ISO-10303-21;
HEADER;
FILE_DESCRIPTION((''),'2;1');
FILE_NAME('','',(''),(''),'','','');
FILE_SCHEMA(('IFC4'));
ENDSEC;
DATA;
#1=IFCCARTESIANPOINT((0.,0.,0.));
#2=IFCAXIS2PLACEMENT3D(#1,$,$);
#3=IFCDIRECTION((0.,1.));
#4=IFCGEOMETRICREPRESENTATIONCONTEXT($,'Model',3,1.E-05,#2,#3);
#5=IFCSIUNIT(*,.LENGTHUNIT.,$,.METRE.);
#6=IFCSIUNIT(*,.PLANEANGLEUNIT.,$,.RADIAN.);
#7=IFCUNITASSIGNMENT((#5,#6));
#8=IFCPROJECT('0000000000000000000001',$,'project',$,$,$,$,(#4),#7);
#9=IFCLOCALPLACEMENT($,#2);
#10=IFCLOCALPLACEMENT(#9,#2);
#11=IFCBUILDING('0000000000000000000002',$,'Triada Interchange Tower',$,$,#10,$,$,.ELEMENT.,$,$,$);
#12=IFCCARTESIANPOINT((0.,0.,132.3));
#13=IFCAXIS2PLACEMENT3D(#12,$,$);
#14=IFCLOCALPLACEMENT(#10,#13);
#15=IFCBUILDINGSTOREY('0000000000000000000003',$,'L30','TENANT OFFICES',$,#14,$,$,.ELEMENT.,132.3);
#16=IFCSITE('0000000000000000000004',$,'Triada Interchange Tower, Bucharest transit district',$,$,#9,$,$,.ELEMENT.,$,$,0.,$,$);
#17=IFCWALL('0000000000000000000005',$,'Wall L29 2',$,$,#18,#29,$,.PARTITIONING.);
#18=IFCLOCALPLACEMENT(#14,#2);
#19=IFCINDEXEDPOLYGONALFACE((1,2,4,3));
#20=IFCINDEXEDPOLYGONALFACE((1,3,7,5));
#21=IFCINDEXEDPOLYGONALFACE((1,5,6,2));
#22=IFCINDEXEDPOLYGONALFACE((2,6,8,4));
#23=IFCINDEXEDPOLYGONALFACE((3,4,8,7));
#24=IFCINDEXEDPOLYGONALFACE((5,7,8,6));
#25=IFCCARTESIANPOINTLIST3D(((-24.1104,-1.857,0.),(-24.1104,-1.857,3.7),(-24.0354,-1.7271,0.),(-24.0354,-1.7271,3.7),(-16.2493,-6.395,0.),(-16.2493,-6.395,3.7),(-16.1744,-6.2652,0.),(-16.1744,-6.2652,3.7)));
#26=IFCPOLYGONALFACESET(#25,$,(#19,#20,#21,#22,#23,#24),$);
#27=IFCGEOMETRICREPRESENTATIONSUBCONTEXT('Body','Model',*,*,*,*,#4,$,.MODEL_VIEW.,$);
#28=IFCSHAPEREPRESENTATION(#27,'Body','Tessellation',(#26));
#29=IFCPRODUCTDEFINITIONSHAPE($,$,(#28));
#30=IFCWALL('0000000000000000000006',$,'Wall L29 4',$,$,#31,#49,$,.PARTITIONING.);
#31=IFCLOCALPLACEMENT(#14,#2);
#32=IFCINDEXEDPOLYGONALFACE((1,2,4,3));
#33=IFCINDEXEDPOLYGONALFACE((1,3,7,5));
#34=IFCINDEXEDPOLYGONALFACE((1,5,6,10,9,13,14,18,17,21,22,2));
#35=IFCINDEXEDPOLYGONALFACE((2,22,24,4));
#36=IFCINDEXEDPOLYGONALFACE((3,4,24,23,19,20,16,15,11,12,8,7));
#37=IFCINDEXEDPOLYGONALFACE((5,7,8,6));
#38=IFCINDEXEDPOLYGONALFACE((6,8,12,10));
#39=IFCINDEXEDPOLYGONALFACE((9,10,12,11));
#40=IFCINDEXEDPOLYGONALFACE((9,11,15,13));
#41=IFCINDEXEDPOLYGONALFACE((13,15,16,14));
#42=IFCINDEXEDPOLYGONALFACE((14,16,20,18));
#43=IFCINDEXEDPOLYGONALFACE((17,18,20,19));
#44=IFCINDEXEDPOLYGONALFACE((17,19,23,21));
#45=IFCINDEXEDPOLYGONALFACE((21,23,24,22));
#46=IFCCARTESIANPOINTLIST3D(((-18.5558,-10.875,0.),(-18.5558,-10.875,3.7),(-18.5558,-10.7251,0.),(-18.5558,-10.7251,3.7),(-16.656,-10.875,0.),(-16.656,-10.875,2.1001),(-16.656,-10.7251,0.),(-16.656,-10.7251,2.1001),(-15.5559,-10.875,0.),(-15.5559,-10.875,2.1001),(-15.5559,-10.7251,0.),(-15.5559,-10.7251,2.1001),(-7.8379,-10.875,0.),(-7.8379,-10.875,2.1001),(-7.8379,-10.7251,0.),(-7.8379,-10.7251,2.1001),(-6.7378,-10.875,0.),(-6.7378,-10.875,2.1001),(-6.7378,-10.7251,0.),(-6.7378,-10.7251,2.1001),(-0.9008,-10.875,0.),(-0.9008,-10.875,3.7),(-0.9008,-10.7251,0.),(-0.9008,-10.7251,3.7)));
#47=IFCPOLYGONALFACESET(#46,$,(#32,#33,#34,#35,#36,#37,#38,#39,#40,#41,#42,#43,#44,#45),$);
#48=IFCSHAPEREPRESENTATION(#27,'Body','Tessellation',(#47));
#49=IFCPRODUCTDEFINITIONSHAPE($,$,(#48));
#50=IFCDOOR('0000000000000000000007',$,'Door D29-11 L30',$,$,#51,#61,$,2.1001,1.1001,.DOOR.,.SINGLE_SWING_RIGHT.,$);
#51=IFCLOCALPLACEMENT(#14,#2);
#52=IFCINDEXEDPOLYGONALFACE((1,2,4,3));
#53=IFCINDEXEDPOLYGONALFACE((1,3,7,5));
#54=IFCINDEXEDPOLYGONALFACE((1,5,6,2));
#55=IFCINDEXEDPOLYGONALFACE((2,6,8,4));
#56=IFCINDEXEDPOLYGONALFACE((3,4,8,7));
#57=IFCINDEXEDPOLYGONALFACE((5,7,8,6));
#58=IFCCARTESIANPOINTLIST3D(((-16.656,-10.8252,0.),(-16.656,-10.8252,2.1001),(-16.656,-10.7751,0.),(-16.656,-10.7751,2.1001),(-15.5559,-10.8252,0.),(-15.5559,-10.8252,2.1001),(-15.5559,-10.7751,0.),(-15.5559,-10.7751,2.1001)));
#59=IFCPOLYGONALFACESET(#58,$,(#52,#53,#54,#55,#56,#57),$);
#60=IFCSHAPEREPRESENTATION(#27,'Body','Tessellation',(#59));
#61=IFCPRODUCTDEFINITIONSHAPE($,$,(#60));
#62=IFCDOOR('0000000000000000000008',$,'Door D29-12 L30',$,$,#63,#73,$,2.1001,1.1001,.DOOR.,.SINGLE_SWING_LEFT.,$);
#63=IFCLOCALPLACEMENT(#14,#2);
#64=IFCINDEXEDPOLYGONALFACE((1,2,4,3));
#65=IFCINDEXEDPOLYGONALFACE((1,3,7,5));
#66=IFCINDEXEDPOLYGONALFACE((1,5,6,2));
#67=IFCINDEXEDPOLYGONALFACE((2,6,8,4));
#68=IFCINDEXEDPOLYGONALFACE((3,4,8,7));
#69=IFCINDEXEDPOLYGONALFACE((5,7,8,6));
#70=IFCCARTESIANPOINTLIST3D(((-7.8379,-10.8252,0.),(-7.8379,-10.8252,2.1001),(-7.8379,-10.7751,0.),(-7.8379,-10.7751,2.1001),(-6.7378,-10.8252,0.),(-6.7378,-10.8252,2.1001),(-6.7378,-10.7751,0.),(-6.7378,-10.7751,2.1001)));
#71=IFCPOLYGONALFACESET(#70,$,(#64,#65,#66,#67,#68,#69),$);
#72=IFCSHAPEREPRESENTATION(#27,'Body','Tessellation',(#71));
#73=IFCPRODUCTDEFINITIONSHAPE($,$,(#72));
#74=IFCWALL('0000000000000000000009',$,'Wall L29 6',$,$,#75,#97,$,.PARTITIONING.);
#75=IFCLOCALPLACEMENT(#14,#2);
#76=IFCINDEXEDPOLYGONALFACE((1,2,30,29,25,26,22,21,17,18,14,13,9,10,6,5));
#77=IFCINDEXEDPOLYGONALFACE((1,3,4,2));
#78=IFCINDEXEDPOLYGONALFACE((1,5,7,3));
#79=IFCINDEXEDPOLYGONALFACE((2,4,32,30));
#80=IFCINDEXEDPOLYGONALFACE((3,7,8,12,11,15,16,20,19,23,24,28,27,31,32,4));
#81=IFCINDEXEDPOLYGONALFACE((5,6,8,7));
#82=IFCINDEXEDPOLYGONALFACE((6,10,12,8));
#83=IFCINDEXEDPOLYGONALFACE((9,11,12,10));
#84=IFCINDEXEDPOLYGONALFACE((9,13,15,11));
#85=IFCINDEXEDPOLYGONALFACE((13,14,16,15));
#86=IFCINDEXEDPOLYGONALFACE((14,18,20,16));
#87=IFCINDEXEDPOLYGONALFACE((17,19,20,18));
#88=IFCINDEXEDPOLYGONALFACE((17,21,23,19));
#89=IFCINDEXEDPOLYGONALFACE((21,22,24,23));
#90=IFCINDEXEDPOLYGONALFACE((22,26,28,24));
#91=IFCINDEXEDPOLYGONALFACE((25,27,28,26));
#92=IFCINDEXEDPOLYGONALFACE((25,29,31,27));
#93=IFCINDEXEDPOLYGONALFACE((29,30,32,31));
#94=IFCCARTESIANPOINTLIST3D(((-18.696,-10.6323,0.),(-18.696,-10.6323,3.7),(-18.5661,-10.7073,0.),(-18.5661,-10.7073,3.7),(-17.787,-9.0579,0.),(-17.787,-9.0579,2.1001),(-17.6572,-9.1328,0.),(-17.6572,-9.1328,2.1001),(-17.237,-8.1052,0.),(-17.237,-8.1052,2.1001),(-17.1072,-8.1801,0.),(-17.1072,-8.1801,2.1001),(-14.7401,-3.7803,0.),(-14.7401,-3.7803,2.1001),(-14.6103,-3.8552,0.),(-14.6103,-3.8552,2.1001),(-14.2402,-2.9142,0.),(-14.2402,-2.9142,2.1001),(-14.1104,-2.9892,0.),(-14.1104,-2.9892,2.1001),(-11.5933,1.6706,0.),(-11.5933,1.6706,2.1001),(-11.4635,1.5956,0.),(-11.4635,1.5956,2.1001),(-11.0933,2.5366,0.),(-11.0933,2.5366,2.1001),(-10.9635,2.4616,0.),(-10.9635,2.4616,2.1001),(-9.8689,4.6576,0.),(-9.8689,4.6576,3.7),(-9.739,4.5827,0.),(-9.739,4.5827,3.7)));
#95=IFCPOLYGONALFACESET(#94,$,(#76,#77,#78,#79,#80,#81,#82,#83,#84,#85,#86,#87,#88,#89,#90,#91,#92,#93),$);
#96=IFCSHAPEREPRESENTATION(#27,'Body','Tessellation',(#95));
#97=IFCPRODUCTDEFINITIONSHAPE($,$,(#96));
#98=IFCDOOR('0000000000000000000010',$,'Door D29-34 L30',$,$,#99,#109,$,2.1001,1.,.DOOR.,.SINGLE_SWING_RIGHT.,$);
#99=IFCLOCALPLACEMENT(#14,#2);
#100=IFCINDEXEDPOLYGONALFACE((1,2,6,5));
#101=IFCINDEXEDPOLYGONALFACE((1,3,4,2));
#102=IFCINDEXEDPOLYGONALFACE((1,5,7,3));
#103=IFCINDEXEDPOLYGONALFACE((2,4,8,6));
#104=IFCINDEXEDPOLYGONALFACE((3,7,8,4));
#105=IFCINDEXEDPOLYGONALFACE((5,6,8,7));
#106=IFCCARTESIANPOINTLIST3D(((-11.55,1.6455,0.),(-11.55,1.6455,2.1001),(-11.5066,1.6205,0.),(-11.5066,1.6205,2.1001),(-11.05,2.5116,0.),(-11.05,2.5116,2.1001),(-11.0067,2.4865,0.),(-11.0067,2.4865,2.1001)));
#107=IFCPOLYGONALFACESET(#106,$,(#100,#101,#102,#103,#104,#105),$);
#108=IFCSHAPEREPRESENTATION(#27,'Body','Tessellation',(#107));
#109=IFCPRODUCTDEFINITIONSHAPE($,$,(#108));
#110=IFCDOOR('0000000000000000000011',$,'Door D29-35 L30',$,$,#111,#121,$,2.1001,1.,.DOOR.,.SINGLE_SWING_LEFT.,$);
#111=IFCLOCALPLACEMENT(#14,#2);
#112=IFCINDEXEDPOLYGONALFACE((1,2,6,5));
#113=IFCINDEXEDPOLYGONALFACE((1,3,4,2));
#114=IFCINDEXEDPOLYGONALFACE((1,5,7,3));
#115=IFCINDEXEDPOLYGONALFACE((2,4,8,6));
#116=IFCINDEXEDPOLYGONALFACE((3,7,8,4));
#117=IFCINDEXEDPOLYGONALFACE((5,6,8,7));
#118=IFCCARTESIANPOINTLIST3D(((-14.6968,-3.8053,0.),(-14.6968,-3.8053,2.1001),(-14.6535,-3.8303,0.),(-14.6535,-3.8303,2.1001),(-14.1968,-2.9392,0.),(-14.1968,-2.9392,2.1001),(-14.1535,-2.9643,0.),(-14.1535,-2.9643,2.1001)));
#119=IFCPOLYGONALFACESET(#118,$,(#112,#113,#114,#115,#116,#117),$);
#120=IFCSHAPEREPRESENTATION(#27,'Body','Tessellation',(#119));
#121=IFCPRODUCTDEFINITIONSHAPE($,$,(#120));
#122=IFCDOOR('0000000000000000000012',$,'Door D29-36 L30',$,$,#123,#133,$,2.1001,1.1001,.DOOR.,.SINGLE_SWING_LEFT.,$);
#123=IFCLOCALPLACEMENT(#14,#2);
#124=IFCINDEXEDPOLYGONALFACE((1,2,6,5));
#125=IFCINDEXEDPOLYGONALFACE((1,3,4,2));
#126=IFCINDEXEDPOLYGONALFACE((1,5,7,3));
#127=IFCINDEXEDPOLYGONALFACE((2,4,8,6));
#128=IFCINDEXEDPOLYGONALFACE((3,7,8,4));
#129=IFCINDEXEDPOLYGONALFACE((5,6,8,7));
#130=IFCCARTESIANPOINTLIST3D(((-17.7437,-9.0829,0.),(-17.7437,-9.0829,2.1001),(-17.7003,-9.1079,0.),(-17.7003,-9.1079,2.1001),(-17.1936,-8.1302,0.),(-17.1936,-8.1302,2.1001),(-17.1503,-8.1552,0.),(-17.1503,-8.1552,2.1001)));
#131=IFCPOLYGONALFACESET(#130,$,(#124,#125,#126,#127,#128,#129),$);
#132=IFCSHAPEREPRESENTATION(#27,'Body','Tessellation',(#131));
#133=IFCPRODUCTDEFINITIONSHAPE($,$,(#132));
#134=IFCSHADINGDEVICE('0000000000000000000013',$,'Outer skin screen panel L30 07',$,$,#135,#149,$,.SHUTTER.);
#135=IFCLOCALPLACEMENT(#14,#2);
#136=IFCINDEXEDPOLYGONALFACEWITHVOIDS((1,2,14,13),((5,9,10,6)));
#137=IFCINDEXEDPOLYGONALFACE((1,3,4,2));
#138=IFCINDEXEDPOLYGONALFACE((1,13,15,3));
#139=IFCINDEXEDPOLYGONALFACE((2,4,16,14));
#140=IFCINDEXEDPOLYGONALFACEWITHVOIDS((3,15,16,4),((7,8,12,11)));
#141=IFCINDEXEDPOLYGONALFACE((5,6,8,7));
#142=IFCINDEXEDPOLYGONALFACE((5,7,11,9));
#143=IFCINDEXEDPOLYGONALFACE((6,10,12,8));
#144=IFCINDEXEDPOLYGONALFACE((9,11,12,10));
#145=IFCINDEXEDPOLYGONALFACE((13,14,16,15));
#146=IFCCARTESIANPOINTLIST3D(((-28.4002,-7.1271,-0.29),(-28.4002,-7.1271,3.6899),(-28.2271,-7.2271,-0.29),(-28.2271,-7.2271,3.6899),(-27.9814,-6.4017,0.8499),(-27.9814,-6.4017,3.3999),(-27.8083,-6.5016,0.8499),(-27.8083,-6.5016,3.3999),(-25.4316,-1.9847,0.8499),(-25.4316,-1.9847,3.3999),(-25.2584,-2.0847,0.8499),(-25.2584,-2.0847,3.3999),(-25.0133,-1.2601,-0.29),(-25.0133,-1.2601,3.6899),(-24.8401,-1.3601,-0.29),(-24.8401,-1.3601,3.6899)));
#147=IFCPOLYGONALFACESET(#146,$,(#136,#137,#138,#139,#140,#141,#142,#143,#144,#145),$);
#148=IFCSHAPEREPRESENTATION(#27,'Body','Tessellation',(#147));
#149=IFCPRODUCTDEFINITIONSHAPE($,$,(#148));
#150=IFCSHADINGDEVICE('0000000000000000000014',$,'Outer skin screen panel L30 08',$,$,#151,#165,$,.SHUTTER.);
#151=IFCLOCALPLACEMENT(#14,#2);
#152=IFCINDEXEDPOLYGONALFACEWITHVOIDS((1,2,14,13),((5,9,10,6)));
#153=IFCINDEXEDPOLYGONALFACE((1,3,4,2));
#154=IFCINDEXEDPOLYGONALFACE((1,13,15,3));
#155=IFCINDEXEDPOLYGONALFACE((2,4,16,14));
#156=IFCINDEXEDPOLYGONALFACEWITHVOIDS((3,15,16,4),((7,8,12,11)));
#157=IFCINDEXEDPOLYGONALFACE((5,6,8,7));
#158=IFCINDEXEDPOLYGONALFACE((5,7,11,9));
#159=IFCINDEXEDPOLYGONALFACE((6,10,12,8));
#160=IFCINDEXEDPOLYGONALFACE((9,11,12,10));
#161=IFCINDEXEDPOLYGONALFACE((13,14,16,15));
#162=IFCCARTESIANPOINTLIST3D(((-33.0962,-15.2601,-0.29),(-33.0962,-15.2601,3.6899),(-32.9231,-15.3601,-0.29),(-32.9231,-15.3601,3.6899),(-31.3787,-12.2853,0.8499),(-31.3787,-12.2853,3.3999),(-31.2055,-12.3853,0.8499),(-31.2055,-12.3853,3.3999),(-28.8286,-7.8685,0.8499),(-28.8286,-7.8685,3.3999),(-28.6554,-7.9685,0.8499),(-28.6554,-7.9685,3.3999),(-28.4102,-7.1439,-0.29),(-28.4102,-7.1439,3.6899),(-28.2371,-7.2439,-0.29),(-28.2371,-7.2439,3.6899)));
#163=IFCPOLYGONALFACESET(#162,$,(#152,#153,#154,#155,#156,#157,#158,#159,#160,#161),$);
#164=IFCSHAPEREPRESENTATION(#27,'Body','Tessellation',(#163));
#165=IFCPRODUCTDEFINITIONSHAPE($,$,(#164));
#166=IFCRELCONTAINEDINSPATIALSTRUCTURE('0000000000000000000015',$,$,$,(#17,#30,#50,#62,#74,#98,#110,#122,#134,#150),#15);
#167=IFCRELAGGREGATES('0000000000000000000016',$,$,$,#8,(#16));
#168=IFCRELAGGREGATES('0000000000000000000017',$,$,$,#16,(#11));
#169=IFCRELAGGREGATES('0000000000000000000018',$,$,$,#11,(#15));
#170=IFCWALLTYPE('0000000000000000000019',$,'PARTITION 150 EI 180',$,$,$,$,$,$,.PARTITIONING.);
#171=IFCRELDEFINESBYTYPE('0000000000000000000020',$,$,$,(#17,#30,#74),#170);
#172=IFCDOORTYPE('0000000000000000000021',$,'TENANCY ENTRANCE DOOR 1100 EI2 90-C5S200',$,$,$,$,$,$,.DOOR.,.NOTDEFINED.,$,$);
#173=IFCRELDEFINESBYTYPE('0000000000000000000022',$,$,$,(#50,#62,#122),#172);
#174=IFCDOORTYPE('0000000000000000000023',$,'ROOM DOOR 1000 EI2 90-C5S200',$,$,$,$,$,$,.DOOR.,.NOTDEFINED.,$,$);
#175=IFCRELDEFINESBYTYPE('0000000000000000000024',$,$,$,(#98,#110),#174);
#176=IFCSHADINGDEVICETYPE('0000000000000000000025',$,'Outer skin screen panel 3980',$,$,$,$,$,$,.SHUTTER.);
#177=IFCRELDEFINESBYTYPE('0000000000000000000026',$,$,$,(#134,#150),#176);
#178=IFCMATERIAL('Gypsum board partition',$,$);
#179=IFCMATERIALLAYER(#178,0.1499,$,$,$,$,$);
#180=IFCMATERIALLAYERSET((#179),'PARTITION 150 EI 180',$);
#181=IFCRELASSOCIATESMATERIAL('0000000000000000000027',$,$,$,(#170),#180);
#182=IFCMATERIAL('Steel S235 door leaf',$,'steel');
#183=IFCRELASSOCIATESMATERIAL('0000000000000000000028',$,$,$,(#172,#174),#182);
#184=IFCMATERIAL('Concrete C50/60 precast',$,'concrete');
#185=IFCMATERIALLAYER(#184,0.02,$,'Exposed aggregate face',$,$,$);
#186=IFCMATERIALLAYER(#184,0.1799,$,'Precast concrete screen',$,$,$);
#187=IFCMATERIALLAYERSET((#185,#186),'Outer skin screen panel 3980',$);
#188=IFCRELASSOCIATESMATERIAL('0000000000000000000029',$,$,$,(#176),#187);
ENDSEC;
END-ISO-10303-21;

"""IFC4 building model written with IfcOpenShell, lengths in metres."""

from ifc_helpers import new_model, si_unit, direction, frame, frame_2d, origin, place, context, subcontext, project, spatial, polyline, rectangle, outline, extrude, material, layer, layer_set, type_object, element, fill, save


model = new_model("IFC4")

# Units and contexts
model_context = context("Model", 3, precision=1e-05, world=origin(), true_north=direction((0.0, 1.0)))
body_context = subcontext(model_context, "Body", "Model", "MODEL_VIEW")
ifc_project = project(units=[si_unit("LENGTHUNIT", "METRE"), si_unit("PLANEANGLEUNIT", "RADIAN")], contexts=[model_context])

# Site, building, storey
site_placement = place(None, origin())
site = spatial("IfcSite", under=ifc_project, at=site_placement, Name="Triada Interchange Tower, Bucharest transit district", CompositionType="ELEMENT", RefElevation=0.0)
building_placement = place(site_placement, origin())
building = spatial("IfcBuilding", under=site, at=building_placement, Name="Triada Interchange Tower", CompositionType="ELEMENT")
storey_placement = place(building_placement, frame((0.0, 0.0, 132.3)))
storey = spatial("IfcBuildingStorey", under=building, at=storey_placement, Name="L30", Description="TENANT OFFICES", CompositionType="ELEMENT", Elevation=132.3)

# Wall
ifc_material_1 = material(Name="Gypsum board partition")
ifc_layer_1 = layer(ifc_material_1, 0.1499)
ifc_layer_set_1 = layer_set([ifc_layer_1], Name="PARTITION 150 EI 180")
wall_type = type_object("IfcWallType", Name="PARTITION 150 EI 180", PredefinedType="PARTITIONING", material=ifc_layer_set_1)
wall_1_placement = place(storey_placement, frame((-24.073, -1.792, 0.0), z_axis=(0.0, 0.0, 1.0), x_axis=(0.86605, -0.499958, 0.0)))
element("IfcWall", 1, at=wall_1_placement, inside=storey, type_object=wall_type, Name="Wall L29 2", PredefinedType="PARTITIONING", context=body_context, shape_type="SweptSolid", body=[
    extrude(rectangle(XDim=9.0769, YDim=0.1499, at=frame_2d((4.5386, 0.0))), origin(), (0.0, 0.0, 1.0), 3.7),
])

# Walls, openings, doors
wall_2_placement = place(storey_placement, frame((-18.5559, -10.8, 0.0), z_axis=(0.0, 0.0, 1.0), x_axis=(1.0, 0.0, 0.0)))
wall_2 = element("IfcWall", 2, at=wall_2_placement, inside=storey, type_object=wall_type, Name="Wall L29 4", PredefinedType="PARTITIONING", context=body_context, shape_type="SweptSolid", body=[
    extrude(rectangle(XDim=17.655, YDim=0.1499, at=frame_2d((8.8276, 0.0))), origin(), (0.0, 0.0, 1.0), 3.7),
])
opening_1_placement = place(wall_2_placement, frame((1.8999, 0.0, 0.0)))
opening_1 = element("IfcOpeningElement", 3, at=opening_1_placement, cuts=wall_2, PredefinedType="OPENING", context=body_context, shape_type="SweptSolid", body=[
    extrude(rectangle(XDim=1.1001, YDim=2.1001, at=frame_2d((0.55, 1.05))), frame((0.0, 0.085, 0.0), z_axis=(0.0, -1.0, 0.0), x_axis=(1.0, 0.0, 0.0)), (0.0, 0.0, 1.0), 0.1699),
])
opening_2_placement = place(wall_2_placement, frame((10.718, 0.0, 0.0)))
opening_2 = element("IfcOpeningElement", 4, at=opening_2_placement, cuts=wall_2, PredefinedType="OPENING", context=body_context, shape_type="SweptSolid", body=[
    extrude(rectangle(XDim=1.1001, YDim=2.1001, at=frame_2d((0.55, 1.05))), frame((0.0, 0.085, 0.0), z_axis=(0.0, -1.0, 0.0), x_axis=(1.0, 0.0, 0.0)), (0.0, 0.0, 1.0), 0.1699),
])
ifc_material_2 = material(Name="Steel S235 door leaf", Category="steel")
door_type_1 = type_object("IfcDoorType", Name="TENANCY ENTRANCE DOOR 1100 EI2 90-C5S200", OperationType="NOTDEFINED", PredefinedType="DOOR", material=ifc_material_2)
door_1_placement = place(opening_1_placement, origin())
door_1 = element("IfcDoor", 5, at=door_1_placement, inside=storey, type_object=door_type_1, Name="Door D29-11 L30", OperationType="SINGLE_SWING_RIGHT", OverallHeight=2.1001, OverallWidth=1.1001, PredefinedType="DOOR", context=body_context, shape_type="SweptSolid", body=[
    extrude(rectangle(XDim=1.1001, YDim=2.1001, at=frame_2d((0.55, 1.05))), frame((0.0, 0.0249, 0.0), z_axis=(0.0, -1.0, 0.0), x_axis=(1.0, 0.0, 0.0)), (0.0, 0.0, 1.0), 0.05),
])
fill(opening_1, door_1)
door_2_placement = place(opening_2_placement, origin())
door_2 = element("IfcDoor", 6, at=door_2_placement, inside=storey, type_object=door_type_1, Name="Door D29-12 L30", OperationType="SINGLE_SWING_LEFT", OverallHeight=2.1001, OverallWidth=1.1001, PredefinedType="DOOR", context=body_context, shape_type="SweptSolid", body=[
    extrude(rectangle(XDim=1.1001, YDim=2.1001, at=frame_2d((0.55, 1.05))), frame((0.0, 0.0249, 0.0), z_axis=(0.0, -1.0, 0.0), x_axis=(1.0, 0.0, 0.0)), (0.0, 0.0, 1.0), 0.05),
])
fill(opening_2, door_2)
wall_3_placement = place(storey_placement, frame((-18.6311, -10.6699, 0.0), z_axis=(0.0, 0.0, 1.0), x_axis=(0.499976, 0.866039, 0.0)))
wall_3 = element("IfcWall", 7, at=wall_3_placement, inside=storey, type_object=wall_type, Name="Wall L29 6", PredefinedType="PARTITIONING", context=body_context, shape_type="SweptSolid", body=[
    extrude(rectangle(XDim=17.655, YDim=0.1499, at=frame_2d((8.8276, 0.0))), origin(), (0.0, 0.0, 1.0), 3.7),
])
opening_3_placement = place(wall_3_placement, frame((14.2061, 0.0, 0.0)))
opening_3 = element("IfcOpeningElement", 8, at=opening_3_placement, cuts=wall_3, PredefinedType="OPENING", context=body_context, shape_type="SweptSolid", body=[
    extrude(rectangle(XDim=1.0, YDim=2.1001, at=frame_2d((0.5, 1.05))), frame((0.0, 0.085, 0.0), z_axis=(0.0, -1.0, 0.0), x_axis=(1.0, 0.0, 0.0)), (0.0, 0.0, 1.0), 0.1699),
])
opening_4_placement = place(wall_3_placement, frame((7.9121, 0.0, 0.0)))
opening_4 = element("IfcOpeningElement", 9, at=opening_4_placement, cuts=wall_3, PredefinedType="OPENING", context=body_context, shape_type="SweptSolid", body=[
    extrude(rectangle(XDim=1.0, YDim=2.1001, at=frame_2d((0.5, 1.05))), frame((0.0, 0.085, 0.0), z_axis=(0.0, -1.0, 0.0), x_axis=(1.0, 0.0, 0.0)), (0.0, 0.0, 1.0), 0.1699),
])
opening_5_placement = place(wall_3_placement, frame((1.8181, 0.0, 0.0)))
opening_5 = element("IfcOpeningElement", 10, at=opening_5_placement, cuts=wall_3, PredefinedType="OPENING", context=body_context, shape_type="SweptSolid", body=[
    extrude(rectangle(XDim=1.1001, YDim=2.1001, at=frame_2d((0.55, 1.05))), frame((0.0, 0.085, 0.0), z_axis=(0.0, -1.0, 0.0), x_axis=(1.0, 0.0, 0.0)), (0.0, 0.0, 1.0), 0.1699),
])
door_type_2 = type_object("IfcDoorType", Name="ROOM DOOR 1000 EI2 90-C5S200", OperationType="NOTDEFINED", PredefinedType="DOOR", material=ifc_material_2)
door_3_placement = place(opening_3_placement, origin())
door_3 = element("IfcDoor", 11, at=door_3_placement, inside=storey, type_object=door_type_2, Name="Door D29-34 L30", OperationType="SINGLE_SWING_RIGHT", OverallHeight=2.1001, OverallWidth=1.0, PredefinedType="DOOR", context=body_context, shape_type="SweptSolid", body=[
    extrude(rectangle(XDim=1.0, YDim=2.1001, at=frame_2d((0.5, 1.05))), frame((0.0, 0.0249, 0.0), z_axis=(0.0, -1.0, 0.0), x_axis=(1.0, 0.0, 0.0)), (0.0, 0.0, 1.0), 0.05),
])
fill(opening_3, door_3)
door_4_placement = place(opening_4_placement, origin())
door_4 = element("IfcDoor", 12, at=door_4_placement, inside=storey, type_object=door_type_2, Name="Door D29-35 L30", OperationType="SINGLE_SWING_LEFT", OverallHeight=2.1001, OverallWidth=1.0, PredefinedType="DOOR", context=body_context, shape_type="SweptSolid", body=[
    extrude(rectangle(XDim=1.0, YDim=2.1001, at=frame_2d((0.5, 1.05))), frame((0.0, 0.0249, 0.0), z_axis=(0.0, -1.0, 0.0), x_axis=(1.0, 0.0, 0.0)), (0.0, 0.0, 1.0), 0.05),
])
fill(opening_4, door_4)
door_5_placement = place(opening_5_placement, origin())
door_5 = element("IfcDoor", 13, at=door_5_placement, inside=storey, type_object=door_type_1, Name="Door D29-36 L30", OperationType="SINGLE_SWING_LEFT", OverallHeight=2.1001, OverallWidth=1.1001, PredefinedType="DOOR", context=body_context, shape_type="SweptSolid", body=[
    extrude(rectangle(XDim=1.1001, YDim=2.1001, at=frame_2d((0.55, 1.05))), frame((0.0, 0.0249, 0.0), z_axis=(0.0, -1.0, 0.0), x_axis=(1.0, 0.0, 0.0)), (0.0, 0.0, 1.0), 0.05),
])
fill(opening_5, door_5)

# Shading devices
ifc_material_3 = material(Name="Concrete C50/60 precast", Category="concrete")
ifc_layer_2 = layer(ifc_material_3, 0.02, Name="Exposed aggregate face")
ifc_layer_3 = layer(ifc_material_3, 0.1799, Name="Precast concrete screen")
ifc_layer_set_2 = layer_set([ifc_layer_2, ifc_layer_3], Name="Outer skin screen panel 3980")
shading_device_type = type_object("IfcShadingDeviceType", Name="Outer skin screen panel 3980", PredefinedType="SHUTTER", material=ifc_layer_set_2)
shading_device_1_placement = place(storey_placement, frame((-24.8401, -1.3601, -0.29), z_axis=(0.0, 0.0, 1.0), x_axis=(-0.499965, -0.866046, 0.0)))
element("IfcShadingDevice", 14, at=shading_device_1_placement, inside=storey, type_object=shading_device_type, Name="Outer skin screen panel L30 07", PredefinedType="SHUTTER", context=body_context, shape_type="SweptSolid", body=[
    extrude(outline(polyline([(0.0, 0.0), (6.7744, 0.0), (6.7744, 3.98), (0.0, 3.98), (0.0, 0.0)]), holes=[polyline([(0.8367, 1.1399), (0.8367, 3.6899), (5.9368, 3.6899), (5.9368, 1.1399), (0.8367, 1.1399)])]), frame((0.0, 0.0, 0.0), z_axis=(0.0, -1.0, 0.0), x_axis=(1.0, 0.0, 0.0)), (0.0, 0.0, 1.0), 0.2),
])
shading_device_2_placement = place(storey_placement, frame((-28.2371, -7.2439, -0.29), z_axis=(0.0, 0.0, 1.0), x_axis=(-0.500011, -0.866019, 0.0)))
element("IfcShadingDevice", 15, at=shading_device_2_placement, inside=storey, type_object=shading_device_type, Name="Outer skin screen panel L30 08", PredefinedType="SHUTTER", context=body_context, shape_type="SweptSolid", body=[
    extrude(outline(polyline([(0.0, 0.0), (9.3718, 0.0), (9.3718, 3.98), (0.0, 3.98), (0.0, 0.0)]), holes=[polyline([(0.8367, 1.1399), (0.8367, 3.6899), (5.9368, 3.6899), (5.9368, 1.1399), (0.8367, 1.1399)])]), frame((0.0, 0.0, 0.0), z_axis=(0.0, -1.0, 0.0), x_axis=(1.0, 0.0, 0.0)), (0.0, 0.0, 1.0), 0.2),
])

save(model, "model.ifc")
